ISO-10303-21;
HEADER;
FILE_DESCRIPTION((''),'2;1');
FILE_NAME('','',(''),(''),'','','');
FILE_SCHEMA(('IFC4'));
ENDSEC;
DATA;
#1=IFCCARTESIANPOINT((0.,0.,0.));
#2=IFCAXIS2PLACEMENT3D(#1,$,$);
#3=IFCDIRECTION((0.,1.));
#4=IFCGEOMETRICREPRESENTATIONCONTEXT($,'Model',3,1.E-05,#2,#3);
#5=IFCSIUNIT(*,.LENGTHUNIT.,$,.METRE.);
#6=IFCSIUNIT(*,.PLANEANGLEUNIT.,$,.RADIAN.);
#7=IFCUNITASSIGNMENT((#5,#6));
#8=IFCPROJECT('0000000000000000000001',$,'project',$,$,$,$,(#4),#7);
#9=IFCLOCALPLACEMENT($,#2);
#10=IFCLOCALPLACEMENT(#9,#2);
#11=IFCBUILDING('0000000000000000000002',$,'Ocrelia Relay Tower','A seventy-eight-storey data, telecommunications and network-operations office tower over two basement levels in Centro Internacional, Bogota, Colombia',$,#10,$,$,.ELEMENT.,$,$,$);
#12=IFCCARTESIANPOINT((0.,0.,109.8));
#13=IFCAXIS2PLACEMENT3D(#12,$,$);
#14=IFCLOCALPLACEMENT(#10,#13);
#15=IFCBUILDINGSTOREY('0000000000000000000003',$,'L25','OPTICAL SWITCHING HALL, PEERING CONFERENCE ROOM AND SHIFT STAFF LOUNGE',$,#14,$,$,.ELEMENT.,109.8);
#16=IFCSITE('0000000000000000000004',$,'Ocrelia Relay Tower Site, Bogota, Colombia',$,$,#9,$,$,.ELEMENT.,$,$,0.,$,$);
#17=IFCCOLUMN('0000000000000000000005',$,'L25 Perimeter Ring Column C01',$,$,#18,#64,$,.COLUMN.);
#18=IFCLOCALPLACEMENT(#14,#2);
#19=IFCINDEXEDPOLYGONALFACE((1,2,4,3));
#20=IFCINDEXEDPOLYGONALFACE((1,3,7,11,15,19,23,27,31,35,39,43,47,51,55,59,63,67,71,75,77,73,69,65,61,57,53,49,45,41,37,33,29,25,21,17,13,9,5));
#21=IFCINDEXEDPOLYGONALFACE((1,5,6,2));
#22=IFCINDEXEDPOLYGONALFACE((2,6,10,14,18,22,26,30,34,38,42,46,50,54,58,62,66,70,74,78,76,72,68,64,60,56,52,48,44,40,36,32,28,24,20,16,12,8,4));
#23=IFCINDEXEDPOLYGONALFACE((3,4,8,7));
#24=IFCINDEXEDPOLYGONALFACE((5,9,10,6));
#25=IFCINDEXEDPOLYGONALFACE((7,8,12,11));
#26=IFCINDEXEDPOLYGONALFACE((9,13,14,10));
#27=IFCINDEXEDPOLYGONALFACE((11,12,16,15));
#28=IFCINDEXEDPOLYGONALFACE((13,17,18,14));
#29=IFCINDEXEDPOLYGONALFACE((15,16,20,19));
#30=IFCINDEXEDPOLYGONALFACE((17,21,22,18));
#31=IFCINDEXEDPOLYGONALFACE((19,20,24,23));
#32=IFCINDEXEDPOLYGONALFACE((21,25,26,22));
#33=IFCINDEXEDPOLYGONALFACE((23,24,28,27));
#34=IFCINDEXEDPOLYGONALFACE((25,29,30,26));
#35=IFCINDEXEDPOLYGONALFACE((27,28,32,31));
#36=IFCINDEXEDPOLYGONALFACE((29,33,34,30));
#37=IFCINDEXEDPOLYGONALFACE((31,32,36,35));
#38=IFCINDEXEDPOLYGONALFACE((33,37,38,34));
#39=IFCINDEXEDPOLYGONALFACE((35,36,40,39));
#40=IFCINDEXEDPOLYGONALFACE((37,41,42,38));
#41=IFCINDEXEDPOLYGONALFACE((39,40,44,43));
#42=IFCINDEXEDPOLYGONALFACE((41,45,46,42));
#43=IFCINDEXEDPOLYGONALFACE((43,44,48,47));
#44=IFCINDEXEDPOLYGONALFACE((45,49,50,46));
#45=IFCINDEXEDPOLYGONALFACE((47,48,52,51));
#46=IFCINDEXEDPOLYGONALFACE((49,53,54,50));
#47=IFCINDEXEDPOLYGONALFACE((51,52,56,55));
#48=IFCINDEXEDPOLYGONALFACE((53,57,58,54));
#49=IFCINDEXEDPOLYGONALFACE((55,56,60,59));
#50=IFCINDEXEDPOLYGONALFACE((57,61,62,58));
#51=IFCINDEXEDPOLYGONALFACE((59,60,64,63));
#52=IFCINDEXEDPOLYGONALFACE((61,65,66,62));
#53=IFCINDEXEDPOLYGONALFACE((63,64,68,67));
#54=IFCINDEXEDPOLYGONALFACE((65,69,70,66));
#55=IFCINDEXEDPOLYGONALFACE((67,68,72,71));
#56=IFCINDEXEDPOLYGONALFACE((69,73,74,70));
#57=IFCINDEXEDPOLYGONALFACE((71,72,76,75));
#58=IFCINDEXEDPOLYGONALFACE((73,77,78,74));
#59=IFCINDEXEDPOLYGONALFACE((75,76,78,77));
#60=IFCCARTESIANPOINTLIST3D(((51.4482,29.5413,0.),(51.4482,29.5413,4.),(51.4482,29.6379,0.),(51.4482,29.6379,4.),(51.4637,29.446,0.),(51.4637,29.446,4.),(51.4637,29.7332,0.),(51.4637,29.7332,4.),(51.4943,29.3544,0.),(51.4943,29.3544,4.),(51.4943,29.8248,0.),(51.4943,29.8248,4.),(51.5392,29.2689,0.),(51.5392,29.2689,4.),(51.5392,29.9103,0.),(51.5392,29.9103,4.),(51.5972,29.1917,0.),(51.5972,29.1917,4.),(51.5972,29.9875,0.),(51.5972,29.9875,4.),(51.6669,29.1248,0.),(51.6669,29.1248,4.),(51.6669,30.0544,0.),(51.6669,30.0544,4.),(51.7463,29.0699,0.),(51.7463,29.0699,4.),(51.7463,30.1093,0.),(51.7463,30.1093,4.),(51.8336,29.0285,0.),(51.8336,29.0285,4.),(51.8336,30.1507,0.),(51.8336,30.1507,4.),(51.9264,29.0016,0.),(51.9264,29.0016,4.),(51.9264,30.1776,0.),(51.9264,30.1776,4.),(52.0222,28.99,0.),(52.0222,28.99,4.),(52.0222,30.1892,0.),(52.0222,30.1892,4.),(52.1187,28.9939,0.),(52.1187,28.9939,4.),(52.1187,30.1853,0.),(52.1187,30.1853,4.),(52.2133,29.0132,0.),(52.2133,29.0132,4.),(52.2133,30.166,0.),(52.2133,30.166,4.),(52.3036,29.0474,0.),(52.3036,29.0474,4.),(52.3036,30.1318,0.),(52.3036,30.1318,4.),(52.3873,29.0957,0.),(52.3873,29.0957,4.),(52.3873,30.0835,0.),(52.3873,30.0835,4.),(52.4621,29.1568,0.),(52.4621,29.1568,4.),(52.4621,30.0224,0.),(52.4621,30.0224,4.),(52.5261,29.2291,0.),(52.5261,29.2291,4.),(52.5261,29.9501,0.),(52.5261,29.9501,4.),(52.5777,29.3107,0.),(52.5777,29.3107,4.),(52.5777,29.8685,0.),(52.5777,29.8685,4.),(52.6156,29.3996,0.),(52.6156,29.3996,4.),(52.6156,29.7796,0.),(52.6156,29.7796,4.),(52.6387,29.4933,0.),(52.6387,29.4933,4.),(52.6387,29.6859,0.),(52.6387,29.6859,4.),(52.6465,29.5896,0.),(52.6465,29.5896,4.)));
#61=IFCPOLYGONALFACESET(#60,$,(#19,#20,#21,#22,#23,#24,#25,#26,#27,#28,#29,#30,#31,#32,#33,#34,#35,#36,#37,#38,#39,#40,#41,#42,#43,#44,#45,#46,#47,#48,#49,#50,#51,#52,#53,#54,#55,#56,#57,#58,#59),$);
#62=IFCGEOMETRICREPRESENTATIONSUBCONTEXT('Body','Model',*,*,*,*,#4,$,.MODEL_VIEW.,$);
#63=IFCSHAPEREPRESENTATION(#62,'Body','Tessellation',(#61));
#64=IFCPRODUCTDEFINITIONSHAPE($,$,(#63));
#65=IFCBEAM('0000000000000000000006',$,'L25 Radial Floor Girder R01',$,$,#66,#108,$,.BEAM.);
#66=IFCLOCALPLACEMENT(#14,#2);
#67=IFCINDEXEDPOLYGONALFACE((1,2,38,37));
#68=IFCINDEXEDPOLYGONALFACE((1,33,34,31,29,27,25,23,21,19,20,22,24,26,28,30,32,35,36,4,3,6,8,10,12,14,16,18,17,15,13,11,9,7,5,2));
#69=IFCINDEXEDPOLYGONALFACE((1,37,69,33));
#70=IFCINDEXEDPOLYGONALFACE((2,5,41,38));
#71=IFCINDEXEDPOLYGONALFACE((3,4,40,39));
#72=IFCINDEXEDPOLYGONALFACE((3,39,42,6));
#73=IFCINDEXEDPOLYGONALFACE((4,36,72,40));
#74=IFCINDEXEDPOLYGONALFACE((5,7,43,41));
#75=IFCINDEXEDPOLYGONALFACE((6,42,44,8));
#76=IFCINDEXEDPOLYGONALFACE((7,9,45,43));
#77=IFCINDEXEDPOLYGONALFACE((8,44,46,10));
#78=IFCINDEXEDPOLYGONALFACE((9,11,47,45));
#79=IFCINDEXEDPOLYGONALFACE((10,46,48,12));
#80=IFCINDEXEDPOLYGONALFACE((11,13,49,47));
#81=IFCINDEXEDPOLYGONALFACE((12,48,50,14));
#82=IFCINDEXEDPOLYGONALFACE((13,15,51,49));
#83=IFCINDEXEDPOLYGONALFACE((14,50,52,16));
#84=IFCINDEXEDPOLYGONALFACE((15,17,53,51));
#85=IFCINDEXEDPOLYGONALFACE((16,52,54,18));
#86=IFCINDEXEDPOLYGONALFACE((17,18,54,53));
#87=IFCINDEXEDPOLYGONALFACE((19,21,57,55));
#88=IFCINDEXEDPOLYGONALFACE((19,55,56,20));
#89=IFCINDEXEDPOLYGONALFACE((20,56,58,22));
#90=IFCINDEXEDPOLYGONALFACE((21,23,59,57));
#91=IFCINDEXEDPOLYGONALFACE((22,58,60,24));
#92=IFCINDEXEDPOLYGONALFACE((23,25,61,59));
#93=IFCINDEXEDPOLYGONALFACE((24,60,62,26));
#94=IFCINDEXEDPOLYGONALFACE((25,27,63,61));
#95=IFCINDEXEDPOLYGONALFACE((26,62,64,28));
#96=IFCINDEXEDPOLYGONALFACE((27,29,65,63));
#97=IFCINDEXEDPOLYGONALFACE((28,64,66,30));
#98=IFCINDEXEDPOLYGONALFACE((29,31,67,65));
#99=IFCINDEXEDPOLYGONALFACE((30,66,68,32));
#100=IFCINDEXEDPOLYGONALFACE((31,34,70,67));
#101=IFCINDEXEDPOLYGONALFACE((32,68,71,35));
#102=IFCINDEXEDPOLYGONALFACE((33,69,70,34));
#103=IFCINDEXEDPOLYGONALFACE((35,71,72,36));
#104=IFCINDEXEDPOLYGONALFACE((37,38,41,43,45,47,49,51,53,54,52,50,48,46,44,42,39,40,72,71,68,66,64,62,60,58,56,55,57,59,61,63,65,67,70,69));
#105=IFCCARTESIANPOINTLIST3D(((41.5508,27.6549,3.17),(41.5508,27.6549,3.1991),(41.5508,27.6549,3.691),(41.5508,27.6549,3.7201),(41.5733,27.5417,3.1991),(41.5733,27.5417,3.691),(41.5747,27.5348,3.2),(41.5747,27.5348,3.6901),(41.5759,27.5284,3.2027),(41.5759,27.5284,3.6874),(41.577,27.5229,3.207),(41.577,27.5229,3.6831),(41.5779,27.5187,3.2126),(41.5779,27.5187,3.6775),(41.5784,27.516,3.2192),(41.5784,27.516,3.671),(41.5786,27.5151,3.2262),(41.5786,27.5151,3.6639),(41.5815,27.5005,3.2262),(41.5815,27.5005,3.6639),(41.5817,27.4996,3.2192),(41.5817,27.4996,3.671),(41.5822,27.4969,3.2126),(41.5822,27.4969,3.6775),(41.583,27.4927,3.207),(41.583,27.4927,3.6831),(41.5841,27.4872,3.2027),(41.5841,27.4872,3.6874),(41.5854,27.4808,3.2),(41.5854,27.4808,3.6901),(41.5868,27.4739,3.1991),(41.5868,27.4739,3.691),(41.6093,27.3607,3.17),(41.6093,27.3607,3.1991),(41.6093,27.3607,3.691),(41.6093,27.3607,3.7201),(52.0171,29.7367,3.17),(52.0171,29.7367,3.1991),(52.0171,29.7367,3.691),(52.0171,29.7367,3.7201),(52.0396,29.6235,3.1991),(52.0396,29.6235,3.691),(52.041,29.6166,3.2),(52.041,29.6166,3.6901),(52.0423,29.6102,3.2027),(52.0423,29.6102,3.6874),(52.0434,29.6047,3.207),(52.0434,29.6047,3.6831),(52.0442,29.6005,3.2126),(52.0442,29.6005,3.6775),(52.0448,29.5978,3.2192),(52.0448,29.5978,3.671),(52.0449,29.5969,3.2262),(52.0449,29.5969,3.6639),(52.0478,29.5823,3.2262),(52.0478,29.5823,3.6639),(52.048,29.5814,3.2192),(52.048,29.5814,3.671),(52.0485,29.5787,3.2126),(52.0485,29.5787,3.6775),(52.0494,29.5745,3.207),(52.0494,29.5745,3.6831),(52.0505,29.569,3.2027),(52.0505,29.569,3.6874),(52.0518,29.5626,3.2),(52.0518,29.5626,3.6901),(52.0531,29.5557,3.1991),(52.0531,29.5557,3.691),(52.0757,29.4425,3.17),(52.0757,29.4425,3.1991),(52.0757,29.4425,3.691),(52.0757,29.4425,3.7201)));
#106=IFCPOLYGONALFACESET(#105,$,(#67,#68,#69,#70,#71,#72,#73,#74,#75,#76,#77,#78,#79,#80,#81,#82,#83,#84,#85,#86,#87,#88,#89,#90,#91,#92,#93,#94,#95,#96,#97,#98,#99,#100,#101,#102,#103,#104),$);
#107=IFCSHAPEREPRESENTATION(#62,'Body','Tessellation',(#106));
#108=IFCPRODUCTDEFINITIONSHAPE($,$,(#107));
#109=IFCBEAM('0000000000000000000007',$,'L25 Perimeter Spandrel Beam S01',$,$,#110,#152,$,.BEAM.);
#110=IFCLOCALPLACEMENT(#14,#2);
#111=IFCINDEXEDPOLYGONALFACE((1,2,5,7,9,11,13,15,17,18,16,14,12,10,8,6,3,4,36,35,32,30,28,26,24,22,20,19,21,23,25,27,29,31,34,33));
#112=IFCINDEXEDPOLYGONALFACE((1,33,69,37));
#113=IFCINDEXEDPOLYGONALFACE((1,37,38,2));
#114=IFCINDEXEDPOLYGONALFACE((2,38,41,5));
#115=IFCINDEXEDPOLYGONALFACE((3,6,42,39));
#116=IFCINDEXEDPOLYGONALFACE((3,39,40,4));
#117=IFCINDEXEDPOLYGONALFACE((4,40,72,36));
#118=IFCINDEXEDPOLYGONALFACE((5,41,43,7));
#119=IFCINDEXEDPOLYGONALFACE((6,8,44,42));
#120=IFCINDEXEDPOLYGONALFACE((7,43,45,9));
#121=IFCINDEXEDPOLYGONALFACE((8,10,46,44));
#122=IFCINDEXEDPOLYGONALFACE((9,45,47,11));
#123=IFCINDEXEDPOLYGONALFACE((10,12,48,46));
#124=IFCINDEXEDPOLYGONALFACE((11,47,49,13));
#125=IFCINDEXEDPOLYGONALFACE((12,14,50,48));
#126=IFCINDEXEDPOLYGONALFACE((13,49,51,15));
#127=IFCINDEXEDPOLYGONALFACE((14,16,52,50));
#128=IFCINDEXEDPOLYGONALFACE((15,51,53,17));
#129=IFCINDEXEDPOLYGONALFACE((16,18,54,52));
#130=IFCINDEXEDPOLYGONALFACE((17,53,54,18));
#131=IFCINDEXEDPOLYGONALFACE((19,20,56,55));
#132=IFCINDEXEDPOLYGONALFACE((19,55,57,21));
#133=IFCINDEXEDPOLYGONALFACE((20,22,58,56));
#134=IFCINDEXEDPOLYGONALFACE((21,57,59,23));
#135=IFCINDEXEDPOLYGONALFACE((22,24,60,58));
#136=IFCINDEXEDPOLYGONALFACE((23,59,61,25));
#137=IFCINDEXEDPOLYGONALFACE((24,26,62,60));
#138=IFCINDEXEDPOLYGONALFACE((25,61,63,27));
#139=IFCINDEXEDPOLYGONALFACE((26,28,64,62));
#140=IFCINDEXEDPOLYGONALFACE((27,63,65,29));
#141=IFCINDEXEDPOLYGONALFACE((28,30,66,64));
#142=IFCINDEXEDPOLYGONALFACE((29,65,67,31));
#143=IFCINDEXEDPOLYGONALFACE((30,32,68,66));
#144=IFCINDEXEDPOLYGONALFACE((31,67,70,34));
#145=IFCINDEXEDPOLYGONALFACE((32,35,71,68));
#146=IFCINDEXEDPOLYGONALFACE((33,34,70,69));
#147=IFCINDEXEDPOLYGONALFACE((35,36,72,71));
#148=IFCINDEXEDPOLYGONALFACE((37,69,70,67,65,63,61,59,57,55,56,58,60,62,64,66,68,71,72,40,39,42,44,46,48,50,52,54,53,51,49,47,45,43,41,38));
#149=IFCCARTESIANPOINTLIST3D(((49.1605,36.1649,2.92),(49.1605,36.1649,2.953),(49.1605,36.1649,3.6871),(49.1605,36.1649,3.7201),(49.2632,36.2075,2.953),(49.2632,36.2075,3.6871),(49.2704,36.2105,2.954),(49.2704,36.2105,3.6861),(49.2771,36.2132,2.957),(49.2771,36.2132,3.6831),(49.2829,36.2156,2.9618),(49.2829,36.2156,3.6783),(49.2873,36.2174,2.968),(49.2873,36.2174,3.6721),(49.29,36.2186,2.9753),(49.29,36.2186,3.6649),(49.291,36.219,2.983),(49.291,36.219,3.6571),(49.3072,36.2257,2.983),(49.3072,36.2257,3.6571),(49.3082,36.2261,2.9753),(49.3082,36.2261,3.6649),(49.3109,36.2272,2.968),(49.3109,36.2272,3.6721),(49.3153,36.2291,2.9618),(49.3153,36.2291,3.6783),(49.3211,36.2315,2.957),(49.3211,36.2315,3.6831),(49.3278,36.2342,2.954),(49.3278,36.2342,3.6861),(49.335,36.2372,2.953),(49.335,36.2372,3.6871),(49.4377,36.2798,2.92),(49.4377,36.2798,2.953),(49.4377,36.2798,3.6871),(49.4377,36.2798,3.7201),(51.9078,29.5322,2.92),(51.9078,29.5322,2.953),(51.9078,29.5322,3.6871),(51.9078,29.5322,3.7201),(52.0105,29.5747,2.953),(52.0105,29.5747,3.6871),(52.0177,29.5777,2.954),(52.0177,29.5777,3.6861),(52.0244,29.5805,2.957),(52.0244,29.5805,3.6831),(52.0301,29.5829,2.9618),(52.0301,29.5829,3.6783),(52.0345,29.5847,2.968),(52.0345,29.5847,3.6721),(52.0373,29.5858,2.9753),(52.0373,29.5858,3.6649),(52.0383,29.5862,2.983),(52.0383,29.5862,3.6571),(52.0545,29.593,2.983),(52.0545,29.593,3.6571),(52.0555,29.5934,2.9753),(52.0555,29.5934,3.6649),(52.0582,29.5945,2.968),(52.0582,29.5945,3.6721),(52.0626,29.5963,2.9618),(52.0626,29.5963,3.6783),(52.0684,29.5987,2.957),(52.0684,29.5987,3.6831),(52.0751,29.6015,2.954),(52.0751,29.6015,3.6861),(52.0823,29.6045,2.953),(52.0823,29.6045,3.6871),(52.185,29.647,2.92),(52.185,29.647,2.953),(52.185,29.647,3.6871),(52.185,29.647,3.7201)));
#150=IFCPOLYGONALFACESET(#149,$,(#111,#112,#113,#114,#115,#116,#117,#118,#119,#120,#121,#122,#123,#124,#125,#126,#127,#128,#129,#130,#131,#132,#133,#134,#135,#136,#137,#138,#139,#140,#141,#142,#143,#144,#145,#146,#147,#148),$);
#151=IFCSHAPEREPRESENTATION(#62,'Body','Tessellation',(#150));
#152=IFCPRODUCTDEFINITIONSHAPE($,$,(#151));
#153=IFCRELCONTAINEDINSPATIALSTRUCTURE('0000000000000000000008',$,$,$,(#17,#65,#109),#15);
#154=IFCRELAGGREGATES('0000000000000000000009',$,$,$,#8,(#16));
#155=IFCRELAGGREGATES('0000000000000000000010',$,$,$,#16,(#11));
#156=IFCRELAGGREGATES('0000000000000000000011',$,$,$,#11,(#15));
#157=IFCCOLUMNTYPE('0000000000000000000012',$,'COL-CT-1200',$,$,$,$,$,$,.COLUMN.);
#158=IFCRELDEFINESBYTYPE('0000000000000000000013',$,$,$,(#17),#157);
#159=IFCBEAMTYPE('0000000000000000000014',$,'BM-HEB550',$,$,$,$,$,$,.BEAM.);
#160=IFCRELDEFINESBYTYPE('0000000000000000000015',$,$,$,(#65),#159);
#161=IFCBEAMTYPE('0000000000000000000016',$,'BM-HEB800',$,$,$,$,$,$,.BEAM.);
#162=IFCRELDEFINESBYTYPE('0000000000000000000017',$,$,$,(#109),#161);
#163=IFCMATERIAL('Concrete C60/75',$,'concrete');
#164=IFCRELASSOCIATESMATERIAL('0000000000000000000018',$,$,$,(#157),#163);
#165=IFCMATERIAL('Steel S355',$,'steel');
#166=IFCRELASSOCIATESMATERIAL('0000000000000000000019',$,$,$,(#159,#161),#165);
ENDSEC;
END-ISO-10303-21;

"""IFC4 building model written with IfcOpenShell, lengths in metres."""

from ifc_helpers import new_model, si_unit, direction, frame, origin, origin_2d, place, context, subcontext, project, spatial, circle, i_section, extrude, material, material_profile, profile_set, type_object, element, save


model = new_model("IFC4")

# Units and contexts
model_context = context("Model", 3, precision=1e-05, world=origin(), true_north=direction((0.0, 1.0)))
body_context = subcontext(model_context, "Body", "Model", "MODEL_VIEW")
ifc_project = project(units=[si_unit("LENGTHUNIT", "METRE"), si_unit("PLANEANGLEUNIT", "RADIAN")], contexts=[model_context])

# Site, building, storey
site_placement = place(None, origin())
site = spatial("IfcSite", under=ifc_project, at=site_placement, Name="Ocrelia Relay Tower Site, Bogota, Colombia", CompositionType="ELEMENT", RefElevation=0.0)
building_placement = place(site_placement, origin())
building = spatial("IfcBuilding", under=site, at=building_placement, Name="Ocrelia Relay Tower", Description="A seventy-eight-storey data, telecommunications and network-operations office tower over two basement levels in Centro Internacional, Bogota, Colombia", CompositionType="ELEMENT")
storey_placement = place(building_placement, frame((0.0, 0.0, 109.8)))
storey = spatial("IfcBuildingStorey", under=building, at=storey_placement, Name="L25", Description="OPTICAL SWITCHING HALL, PEERING CONFERENCE ROOM AND SHIFT STAFF LOUNGE", CompositionType="ELEMENT", Elevation=109.8)

# Column
ifc_material_1 = material(Name="Concrete C60/75", Category="concrete")
ifc_material_profile_1 = material_profile(ifc_material_1, circle(Radius=0.6001, at=origin_2d()), Name="RC-CIR-1200")
ifc_profile_set_1 = profile_set([ifc_material_profile_1], Name="Concrete C60/75")
column_type = type_object("IfcColumnType", Name="COL-CT-1200", PredefinedType="COLUMN", material=ifc_profile_set_1)
column_placement = place(storey_placement, frame((52.0464, 29.5896, 0.0), z_axis=(0.0, 0.0, 1.0), x_axis=(1.0, 0.0, 0.0)))
element("IfcColumn", 1, at=column_placement, inside=storey, type_object=column_type, Name="L25 Perimeter Ring Column C01", PredefinedType="COLUMN", context=body_context, shape_type="SweptSolid", body=[
    extrude(circle(Radius=0.6001, at=origin_2d()), origin(), (0.0, 0.0, 1.0), 4.0),
])

# Beams
ifc_material_2 = material(Name="Steel S355", Category="steel")
ifc_material_profile_2 = material_profile(ifc_material_2, i_section(OverallWidth=0.3, OverallDepth=0.55, WebThickness=0.0149, FlangeThickness=0.0291, FilletRadius=0.0271, at=origin_2d()), Name="HEB 550")
ifc_profile_set_2 = profile_set([ifc_material_profile_2], Name="Steel S355")
beam_type_1 = type_object("IfcBeamType", Name="BM-HEB550", PredefinedType="BEAM", material=ifc_profile_set_2)
beam_1_placement = place(storey_placement, frame((52.0464, 29.5896, 3.4451), z_axis=(-0.980787, -0.195082, 0.0), x_axis=(0.195082, -0.980787, 0.0)))
element("IfcBeam", 2, at=beam_1_placement, inside=storey, type_object=beam_type_1, Name="L25 Radial Floor Girder R01", PredefinedType="BEAM", context=body_context, shape_type="SweptSolid", body=[
    extrude(i_section(OverallWidth=0.3, OverallDepth=0.55, WebThickness=0.0149, FlangeThickness=0.0291, FilletRadius=0.0271, at=origin_2d()), origin(), (0.0, 0.0, 1.0), 10.6714),
])
ifc_material_profile_3 = material_profile(ifc_material_2, i_section(OverallWidth=0.3, OverallDepth=0.8, WebThickness=0.0176, FlangeThickness=0.033, FilletRadius=0.03, at=origin_2d()), Name="HEB 800")
ifc_profile_set_3 = profile_set([ifc_material_profile_3], Name="Steel S355")
beam_type_2 = type_object("IfcBeamType", Name="BM-HEB800", PredefinedType="BEAM", material=ifc_profile_set_3)
beam_2_placement = place(storey_placement, frame((52.0464, 29.5896, 3.3201), z_axis=(-0.382673, 0.923884, 0.0), x_axis=(-0.923884, -0.382673, 0.0)))
element("IfcBeam", 3, at=beam_2_placement, inside=storey, type_object=beam_type_2, Name="L25 Perimeter Spandrel Beam S01", PredefinedType="BEAM", context=body_context, shape_type="SweptSolid", body=[
    extrude(i_section(OverallWidth=0.3, OverallDepth=0.8, WebThickness=0.0176, FlangeThickness=0.033, FilletRadius=0.03, at=origin_2d()), origin(), (0.0, 0.0, 1.0), 7.1792),
])

save(model, "model.ifc")
